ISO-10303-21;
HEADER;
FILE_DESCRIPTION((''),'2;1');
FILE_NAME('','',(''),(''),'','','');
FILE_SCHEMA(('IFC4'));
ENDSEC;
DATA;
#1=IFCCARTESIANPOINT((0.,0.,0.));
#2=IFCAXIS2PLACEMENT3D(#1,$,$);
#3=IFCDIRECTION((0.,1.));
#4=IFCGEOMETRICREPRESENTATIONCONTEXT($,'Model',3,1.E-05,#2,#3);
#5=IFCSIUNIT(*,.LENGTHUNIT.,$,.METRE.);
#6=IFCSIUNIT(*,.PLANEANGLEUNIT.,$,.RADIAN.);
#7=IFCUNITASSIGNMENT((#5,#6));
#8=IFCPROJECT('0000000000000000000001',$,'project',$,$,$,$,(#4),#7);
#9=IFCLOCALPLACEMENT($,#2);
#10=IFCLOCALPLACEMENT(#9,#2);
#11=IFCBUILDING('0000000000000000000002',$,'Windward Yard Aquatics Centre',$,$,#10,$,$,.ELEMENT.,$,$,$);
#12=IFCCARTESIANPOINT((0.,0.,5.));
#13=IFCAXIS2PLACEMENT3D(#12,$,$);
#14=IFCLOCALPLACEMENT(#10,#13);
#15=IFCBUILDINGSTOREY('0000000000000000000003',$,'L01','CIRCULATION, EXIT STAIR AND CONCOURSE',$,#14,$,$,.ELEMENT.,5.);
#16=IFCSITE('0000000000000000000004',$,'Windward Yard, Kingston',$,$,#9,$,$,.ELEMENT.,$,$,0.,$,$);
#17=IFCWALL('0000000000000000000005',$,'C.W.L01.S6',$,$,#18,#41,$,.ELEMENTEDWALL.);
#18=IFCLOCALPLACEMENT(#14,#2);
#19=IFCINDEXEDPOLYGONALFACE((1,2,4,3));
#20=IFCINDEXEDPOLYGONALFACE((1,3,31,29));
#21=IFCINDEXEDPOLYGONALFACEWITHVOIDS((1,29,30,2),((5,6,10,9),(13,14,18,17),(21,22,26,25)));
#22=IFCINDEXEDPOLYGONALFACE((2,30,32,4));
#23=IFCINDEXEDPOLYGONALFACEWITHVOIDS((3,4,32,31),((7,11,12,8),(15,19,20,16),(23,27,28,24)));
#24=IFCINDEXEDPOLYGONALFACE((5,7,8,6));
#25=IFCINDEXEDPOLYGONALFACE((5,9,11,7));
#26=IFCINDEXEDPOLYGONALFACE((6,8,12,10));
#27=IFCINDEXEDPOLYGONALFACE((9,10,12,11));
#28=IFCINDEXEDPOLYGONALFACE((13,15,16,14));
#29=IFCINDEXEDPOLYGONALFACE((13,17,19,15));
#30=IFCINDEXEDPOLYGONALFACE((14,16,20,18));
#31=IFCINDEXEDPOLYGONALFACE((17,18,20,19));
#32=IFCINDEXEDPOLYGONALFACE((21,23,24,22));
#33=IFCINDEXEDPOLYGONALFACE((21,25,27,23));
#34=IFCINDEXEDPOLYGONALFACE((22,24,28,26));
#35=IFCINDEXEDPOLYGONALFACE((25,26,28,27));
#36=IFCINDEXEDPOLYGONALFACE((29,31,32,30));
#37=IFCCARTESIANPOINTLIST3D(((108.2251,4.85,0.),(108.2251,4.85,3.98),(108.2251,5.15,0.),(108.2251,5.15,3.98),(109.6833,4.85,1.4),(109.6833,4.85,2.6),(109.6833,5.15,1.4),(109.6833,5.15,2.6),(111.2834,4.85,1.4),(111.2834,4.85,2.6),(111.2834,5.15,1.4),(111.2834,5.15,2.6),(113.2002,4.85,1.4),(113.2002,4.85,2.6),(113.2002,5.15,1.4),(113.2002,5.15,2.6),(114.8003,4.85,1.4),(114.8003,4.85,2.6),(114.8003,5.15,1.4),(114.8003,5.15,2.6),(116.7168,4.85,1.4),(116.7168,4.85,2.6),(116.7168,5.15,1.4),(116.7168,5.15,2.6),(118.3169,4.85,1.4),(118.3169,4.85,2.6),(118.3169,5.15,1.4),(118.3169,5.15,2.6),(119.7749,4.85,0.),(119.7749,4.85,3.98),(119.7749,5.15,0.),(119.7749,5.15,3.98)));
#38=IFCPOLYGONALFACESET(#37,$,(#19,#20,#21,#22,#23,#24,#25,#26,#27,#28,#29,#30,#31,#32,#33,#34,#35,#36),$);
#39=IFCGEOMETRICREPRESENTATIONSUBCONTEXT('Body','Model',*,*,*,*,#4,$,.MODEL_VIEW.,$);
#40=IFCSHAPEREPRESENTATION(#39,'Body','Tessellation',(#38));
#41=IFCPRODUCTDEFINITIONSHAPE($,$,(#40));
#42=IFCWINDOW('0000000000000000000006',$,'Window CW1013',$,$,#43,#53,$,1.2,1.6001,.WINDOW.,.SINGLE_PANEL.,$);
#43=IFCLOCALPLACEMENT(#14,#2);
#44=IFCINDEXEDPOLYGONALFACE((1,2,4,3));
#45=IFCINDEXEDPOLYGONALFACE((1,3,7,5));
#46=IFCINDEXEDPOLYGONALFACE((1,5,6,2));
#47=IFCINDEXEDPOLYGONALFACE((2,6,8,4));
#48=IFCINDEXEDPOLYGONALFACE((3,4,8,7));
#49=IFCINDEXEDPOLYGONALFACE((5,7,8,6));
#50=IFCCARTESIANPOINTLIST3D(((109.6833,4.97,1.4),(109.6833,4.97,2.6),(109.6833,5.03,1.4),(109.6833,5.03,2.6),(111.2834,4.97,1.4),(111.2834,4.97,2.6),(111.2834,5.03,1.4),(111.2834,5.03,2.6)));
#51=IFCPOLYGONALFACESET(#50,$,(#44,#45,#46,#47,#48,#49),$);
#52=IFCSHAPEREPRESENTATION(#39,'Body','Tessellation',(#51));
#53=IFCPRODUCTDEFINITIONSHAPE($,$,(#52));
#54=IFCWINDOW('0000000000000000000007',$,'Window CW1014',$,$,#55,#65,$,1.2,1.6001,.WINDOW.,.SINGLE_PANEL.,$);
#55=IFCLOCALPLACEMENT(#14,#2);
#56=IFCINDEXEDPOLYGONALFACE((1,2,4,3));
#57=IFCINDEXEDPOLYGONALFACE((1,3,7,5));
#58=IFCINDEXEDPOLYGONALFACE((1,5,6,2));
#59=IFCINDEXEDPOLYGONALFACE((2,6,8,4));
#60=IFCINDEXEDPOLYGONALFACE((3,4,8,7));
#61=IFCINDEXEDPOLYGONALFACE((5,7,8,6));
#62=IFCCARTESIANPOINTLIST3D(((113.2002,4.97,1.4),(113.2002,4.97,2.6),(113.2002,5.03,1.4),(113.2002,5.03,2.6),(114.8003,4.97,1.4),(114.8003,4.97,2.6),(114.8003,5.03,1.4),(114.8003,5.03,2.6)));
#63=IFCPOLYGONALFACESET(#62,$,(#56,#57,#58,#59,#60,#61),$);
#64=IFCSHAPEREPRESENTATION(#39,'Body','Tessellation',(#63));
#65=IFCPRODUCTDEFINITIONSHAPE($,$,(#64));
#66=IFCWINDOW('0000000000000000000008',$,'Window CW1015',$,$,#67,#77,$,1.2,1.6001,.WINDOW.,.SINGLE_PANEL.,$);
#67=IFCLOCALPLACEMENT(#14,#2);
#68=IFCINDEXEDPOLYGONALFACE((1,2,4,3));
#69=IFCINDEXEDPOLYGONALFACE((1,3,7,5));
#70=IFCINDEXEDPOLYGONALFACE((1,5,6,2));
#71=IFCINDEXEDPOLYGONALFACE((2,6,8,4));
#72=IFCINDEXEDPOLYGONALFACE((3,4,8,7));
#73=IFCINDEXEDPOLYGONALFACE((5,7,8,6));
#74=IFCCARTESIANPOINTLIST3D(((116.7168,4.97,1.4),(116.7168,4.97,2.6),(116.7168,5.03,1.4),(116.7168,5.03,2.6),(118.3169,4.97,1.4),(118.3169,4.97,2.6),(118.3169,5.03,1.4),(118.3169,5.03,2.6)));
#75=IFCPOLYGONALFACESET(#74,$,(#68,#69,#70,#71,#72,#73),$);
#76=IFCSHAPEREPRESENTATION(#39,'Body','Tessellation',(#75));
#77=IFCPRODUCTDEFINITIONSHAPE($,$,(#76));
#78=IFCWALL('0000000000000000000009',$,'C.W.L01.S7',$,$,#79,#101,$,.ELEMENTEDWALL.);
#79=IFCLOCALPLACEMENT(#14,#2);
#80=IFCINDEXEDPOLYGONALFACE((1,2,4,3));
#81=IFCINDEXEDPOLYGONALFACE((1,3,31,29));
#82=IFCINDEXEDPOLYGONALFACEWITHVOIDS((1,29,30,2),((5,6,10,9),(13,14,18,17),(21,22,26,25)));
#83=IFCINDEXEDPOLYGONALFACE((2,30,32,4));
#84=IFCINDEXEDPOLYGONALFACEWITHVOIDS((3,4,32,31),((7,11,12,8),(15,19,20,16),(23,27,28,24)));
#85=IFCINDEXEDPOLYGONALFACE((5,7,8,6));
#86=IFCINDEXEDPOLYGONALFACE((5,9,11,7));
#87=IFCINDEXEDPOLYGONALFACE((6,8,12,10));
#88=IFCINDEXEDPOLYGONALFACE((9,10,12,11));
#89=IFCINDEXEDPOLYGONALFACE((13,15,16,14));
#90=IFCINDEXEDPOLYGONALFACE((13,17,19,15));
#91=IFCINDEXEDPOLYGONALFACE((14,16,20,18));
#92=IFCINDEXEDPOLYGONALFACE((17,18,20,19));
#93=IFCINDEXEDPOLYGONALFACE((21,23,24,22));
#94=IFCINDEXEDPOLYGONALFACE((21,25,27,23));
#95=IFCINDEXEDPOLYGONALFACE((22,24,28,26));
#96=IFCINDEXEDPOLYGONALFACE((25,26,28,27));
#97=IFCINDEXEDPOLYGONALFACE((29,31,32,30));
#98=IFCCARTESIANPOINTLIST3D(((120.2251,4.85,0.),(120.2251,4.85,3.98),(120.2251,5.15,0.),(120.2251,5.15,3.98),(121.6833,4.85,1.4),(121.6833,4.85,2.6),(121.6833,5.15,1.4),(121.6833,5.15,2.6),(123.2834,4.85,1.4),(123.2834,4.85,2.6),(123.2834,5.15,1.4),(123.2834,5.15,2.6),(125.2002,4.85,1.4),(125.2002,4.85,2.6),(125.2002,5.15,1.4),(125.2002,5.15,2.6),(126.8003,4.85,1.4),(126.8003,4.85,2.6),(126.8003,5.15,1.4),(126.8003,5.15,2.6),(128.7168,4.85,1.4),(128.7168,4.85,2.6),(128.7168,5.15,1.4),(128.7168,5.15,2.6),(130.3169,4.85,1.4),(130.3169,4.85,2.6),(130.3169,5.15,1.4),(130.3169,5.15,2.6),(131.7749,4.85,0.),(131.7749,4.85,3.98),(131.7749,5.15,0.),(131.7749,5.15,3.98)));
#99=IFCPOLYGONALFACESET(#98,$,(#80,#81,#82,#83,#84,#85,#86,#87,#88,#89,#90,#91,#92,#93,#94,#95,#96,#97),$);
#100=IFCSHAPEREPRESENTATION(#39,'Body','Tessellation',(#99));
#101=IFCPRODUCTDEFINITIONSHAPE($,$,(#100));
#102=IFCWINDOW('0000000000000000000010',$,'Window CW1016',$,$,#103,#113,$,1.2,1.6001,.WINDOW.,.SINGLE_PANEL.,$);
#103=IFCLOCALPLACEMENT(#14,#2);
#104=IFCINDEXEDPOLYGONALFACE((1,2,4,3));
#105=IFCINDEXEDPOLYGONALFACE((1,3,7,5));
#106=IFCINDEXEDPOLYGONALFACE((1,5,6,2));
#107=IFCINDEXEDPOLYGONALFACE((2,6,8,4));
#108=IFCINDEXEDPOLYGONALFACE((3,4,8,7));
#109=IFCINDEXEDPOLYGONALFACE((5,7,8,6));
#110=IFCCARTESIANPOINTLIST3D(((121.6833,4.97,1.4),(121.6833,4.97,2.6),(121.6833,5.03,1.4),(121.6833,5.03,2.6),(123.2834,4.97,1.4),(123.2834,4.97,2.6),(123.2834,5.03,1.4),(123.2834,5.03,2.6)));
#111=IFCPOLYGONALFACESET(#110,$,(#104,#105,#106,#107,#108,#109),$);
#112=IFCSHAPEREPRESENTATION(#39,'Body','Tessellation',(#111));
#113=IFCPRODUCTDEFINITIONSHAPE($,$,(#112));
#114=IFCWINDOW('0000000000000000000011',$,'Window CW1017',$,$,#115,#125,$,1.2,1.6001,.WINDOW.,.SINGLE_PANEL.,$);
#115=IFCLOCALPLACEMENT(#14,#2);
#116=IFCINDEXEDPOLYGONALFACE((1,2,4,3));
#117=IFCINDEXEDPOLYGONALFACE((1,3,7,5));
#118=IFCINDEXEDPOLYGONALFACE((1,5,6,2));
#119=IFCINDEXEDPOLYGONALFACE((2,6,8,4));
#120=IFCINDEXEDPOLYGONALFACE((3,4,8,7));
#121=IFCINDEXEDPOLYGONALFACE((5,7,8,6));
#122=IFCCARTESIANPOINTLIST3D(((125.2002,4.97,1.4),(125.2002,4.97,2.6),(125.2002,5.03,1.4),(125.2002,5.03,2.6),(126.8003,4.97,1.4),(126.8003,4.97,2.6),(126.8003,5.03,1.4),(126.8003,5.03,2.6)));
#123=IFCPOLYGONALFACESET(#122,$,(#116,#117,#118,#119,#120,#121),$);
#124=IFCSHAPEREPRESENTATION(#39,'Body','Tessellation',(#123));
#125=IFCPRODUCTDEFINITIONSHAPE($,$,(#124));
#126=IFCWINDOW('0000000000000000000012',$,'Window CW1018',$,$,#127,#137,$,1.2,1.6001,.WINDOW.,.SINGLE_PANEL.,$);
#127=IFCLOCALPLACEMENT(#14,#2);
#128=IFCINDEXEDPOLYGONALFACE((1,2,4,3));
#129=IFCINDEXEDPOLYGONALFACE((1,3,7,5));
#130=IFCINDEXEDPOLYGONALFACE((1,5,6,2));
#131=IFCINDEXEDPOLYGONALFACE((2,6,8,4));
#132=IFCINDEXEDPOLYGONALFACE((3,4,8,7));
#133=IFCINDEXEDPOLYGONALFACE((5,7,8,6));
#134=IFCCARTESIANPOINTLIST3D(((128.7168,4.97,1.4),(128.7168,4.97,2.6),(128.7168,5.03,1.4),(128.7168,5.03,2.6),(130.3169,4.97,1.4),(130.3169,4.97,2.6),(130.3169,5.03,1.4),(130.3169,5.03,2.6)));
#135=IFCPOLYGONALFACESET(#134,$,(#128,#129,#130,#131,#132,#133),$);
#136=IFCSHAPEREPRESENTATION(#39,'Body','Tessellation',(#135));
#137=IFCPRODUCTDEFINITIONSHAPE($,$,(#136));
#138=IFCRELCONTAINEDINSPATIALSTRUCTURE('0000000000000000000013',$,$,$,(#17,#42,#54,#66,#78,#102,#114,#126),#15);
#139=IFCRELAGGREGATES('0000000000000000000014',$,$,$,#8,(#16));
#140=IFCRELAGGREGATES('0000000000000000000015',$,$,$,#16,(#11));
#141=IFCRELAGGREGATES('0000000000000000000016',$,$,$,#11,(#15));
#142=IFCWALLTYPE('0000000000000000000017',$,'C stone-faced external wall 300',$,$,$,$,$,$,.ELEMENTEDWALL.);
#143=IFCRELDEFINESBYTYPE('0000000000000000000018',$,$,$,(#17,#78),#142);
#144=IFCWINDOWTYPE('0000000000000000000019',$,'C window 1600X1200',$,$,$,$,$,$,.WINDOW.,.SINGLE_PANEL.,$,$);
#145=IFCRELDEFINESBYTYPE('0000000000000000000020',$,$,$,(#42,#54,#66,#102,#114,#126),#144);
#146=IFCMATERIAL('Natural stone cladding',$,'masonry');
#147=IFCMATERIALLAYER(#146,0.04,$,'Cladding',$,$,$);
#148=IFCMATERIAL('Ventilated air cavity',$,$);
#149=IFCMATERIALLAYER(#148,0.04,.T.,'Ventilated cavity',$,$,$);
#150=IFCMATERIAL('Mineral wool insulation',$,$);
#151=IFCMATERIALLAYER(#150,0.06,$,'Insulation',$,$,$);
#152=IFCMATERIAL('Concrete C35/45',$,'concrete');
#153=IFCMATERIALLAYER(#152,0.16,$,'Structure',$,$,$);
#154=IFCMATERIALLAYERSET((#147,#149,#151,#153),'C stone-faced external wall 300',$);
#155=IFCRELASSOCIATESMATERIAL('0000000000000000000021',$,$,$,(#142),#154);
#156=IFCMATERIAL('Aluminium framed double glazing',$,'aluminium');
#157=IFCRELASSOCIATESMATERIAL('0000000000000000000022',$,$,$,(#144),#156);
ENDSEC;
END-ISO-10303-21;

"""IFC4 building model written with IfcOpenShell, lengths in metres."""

from ifc_helpers import new_model, si_unit, direction, frame, frame_2d, origin, place, context, subcontext, project, spatial, rectangle, extrude, material, layer, layer_set, type_object, element, fill, save


model = new_model("IFC4")

# Units and contexts
model_context = context("Model", 3, precision=1e-05, world=origin(), true_north=direction((0.0, 1.0)))
body_context = subcontext(model_context, "Body", "Model", "MODEL_VIEW")
ifc_project = project(units=[si_unit("LENGTHUNIT", "METRE"), si_unit("PLANEANGLEUNIT", "RADIAN")], contexts=[model_context])

# Site, building, storey
site_placement = place(None, origin())
site = spatial("IfcSite", under=ifc_project, at=site_placement, Name="Windward Yard, Kingston", CompositionType="ELEMENT", RefElevation=0.0)
building_placement = place(site_placement, origin())
building = spatial("IfcBuilding", under=site, at=building_placement, Name="Windward Yard Aquatics Centre", CompositionType="ELEMENT")
storey_placement = place(building_placement, frame((0.0, 0.0, 5.0)))
storey = spatial("IfcBuildingStorey", under=building, at=storey_placement, Name="L01", Description="CIRCULATION, EXIT STAIR AND CONCOURSE", CompositionType="ELEMENT", Elevation=5.0)

# Shared definitions
ifc_material_1 = material(Name="Concrete C35/45", Category="concrete")

# Walls, openings, windows
ifc_material_2 = material(Name="Natural stone cladding", Category="masonry")
ifc_layer_1 = layer(ifc_material_2, 0.04, Name="Cladding")
ifc_material_3 = material(Name="Ventilated air cavity")
ifc_layer_2 = layer(ifc_material_3, 0.04, ventilated=True, Name="Ventilated cavity")
ifc_material_4 = material(Name="Mineral wool insulation")
ifc_layer_3 = layer(ifc_material_4, 0.06, Name="Insulation")
ifc_layer_4 = layer(ifc_material_1, 0.16, Name="Structure")
ifc_layer_set_1 = layer_set([ifc_layer_1, ifc_layer_2, ifc_layer_3, ifc_layer_4], Name="C stone-faced external wall 300")
wall_type_1 = type_object("IfcWallType", Name="C stone-faced external wall 300", PredefinedType="ELEMENTEDWALL", material=ifc_layer_set_1)
wall_1_placement = place(storey_placement, frame((108.2251, 5.0, 0.0), z_axis=(0.0, 0.0, 1.0), x_axis=(1.0, 0.0, 0.0)))
wall_1 = element("IfcWall", 1, at=wall_1_placement, inside=storey, type_object=wall_type_1, Name="C.W.L01.S6", PredefinedType="ELEMENTEDWALL", context=body_context, shape_type="SweptSolid", body=[
    extrude(rectangle(XDim=11.5498, YDim=0.3, at=frame_2d((5.7749, 0.0))), origin(), (0.0, 0.0, 1.0), 3.98),
])
opening_1_placement = place(wall_1_placement, frame((1.4583, 0.0, 1.3999)))
opening_1 = element("IfcOpeningElement", 2, at=opening_1_placement, cuts=wall_1, PredefinedType="OPENING", context=body_context, shape_type="SweptSolid", body=[
    extrude(rectangle(XDim=1.6001, YDim=1.2, at=frame_2d((0.8, 0.6001))), frame((0.0, 0.1602, 0.0), z_axis=(0.0, -1.0, 0.0), x_axis=(1.0, 0.0, 0.0)), (0.0, 0.0, 1.0), 0.3201),
])
opening_2_placement = place(wall_1_placement, frame((4.9751, 0.0, 1.3999)))
opening_2 = element("IfcOpeningElement", 3, at=opening_2_placement, cuts=wall_1, PredefinedType="OPENING", context=body_context, shape_type="SweptSolid", body=[
    extrude(rectangle(XDim=1.6001, YDim=1.2, at=frame_2d((0.8, 0.6001))), frame((0.0, 0.1602, 0.0), z_axis=(0.0, -1.0, 0.0), x_axis=(1.0, 0.0, 0.0)), (0.0, 0.0, 1.0), 0.3201),
])
opening_3_placement = place(wall_1_placement, frame((8.4917, 0.0, 1.3999)))
opening_3 = element("IfcOpeningElement", 4, at=opening_3_placement, cuts=wall_1, PredefinedType="OPENING", context=body_context, shape_type="SweptSolid", body=[
    extrude(rectangle(XDim=1.6001, YDim=1.2, at=frame_2d((0.8, 0.6001))), frame((0.0, 0.1602, 0.0), z_axis=(0.0, -1.0, 0.0), x_axis=(1.0, 0.0, 0.0)), (0.0, 0.0, 1.0), 0.3201),
])
ifc_material_5 = material(Name="Aluminium framed double glazing", Category="aluminium")
window_type = type_object("IfcWindowType", Name="C window 1600X1200", PartitioningType="SINGLE_PANEL", PredefinedType="WINDOW", material=ifc_material_5)
window_1_placement = place(opening_1_placement, origin())
window_1 = element("IfcWindow", 5, at=window_1_placement, inside=storey, type_object=window_type, Name="Window CW1013", OverallHeight=1.2, OverallWidth=1.6001, PartitioningType="SINGLE_PANEL", PredefinedType="WINDOW", context=body_context, shape_type="SweptSolid", body=[
    extrude(rectangle(XDim=1.6001, YDim=1.2, at=frame_2d((0.8, 0.6001))), frame((0.0, 0.03, 0.0), z_axis=(0.0, -1.0, 0.0), x_axis=(1.0, 0.0, 0.0)), (0.0, 0.0, 1.0), 0.0601),
])
fill(opening_1, window_1)
window_2_placement = place(opening_2_placement, origin())
window_2 = element("IfcWindow", 6, at=window_2_placement, inside=storey, type_object=window_type, Name="Window CW1014", OverallHeight=1.2, OverallWidth=1.6001, PartitioningType="SINGLE_PANEL", PredefinedType="WINDOW", context=body_context, shape_type="SweptSolid", body=[
    extrude(rectangle(XDim=1.6001, YDim=1.2, at=frame_2d((0.8, 0.6001))), frame((0.0, 0.03, 0.0), z_axis=(0.0, -1.0, 0.0), x_axis=(1.0, 0.0, 0.0)), (0.0, 0.0, 1.0), 0.0601),
])
fill(opening_2, window_2)
window_3_placement = place(opening_3_placement, origin())
window_3 = element("IfcWindow", 7, at=window_3_placement, inside=storey, type_object=window_type, Name="Window CW1015", OverallHeight=1.2, OverallWidth=1.6001, PartitioningType="SINGLE_PANEL", PredefinedType="WINDOW", context=body_context, shape_type="SweptSolid", body=[
    extrude(rectangle(XDim=1.6001, YDim=1.2, at=frame_2d((0.8, 0.6001))), frame((0.0, 0.03, 0.0), z_axis=(0.0, -1.0, 0.0), x_axis=(1.0, 0.0, 0.0)), (0.0, 0.0, 1.0), 0.0601),
])
fill(opening_3, window_3)
wall_2_placement = place(storey_placement, frame((120.2251, 5.0, 0.0), z_axis=(0.0, 0.0, 1.0), x_axis=(1.0, 0.0, 0.0)))
wall_2 = element("IfcWall", 8, at=wall_2_placement, inside=storey, type_object=wall_type_1, Name="C.W.L01.S7", PredefinedType="ELEMENTEDWALL", context=body_context, shape_type="SweptSolid", body=[
    extrude(rectangle(XDim=11.5498, YDim=0.3, at=frame_2d((5.7749, 0.0))), origin(), (0.0, 0.0, 1.0), 3.98),
])
opening_4_placement = place(wall_2_placement, frame((1.4583, 0.0, 1.3999)))
opening_4 = element("IfcOpeningElement", 9, at=opening_4_placement, cuts=wall_2, PredefinedType="OPENING", context=body_context, shape_type="SweptSolid", body=[
    extrude(rectangle(XDim=1.6001, YDim=1.2, at=frame_2d((0.8, 0.6001))), frame((0.0, 0.1602, 0.0), z_axis=(0.0, -1.0, 0.0), x_axis=(1.0, 0.0, 0.0)), (0.0, 0.0, 1.0), 0.3201),
])
opening_5_placement = place(wall_2_placement, frame((4.9751, 0.0, 1.3999)))
opening_5 = element("IfcOpeningElement", 10, at=opening_5_placement, cuts=wall_2, PredefinedType="OPENING", context=body_context, shape_type="SweptSolid", body=[
    extrude(rectangle(XDim=1.6001, YDim=1.2, at=frame_2d((0.8, 0.6001))), frame((0.0, 0.1602, 0.0), z_axis=(0.0, -1.0, 0.0), x_axis=(1.0, 0.0, 0.0)), (0.0, 0.0, 1.0), 0.3201),
])
opening_6_placement = place(wall_2_placement, frame((8.4917, 0.0, 1.3999)))
opening_6 = element("IfcOpeningElement", 11, at=opening_6_placement, cuts=wall_2, PredefinedType="OPENING", context=body_context, shape_type="SweptSolid", body=[
    extrude(rectangle(XDim=1.6001, YDim=1.2, at=frame_2d((0.8, 0.6001))), frame((0.0, 0.1602, 0.0), z_axis=(0.0, -1.0, 0.0), x_axis=(1.0, 0.0, 0.0)), (0.0, 0.0, 1.0), 0.3201),
])
window_4_placement = place(opening_4_placement, origin())
window_4 = element("IfcWindow", 12, at=window_4_placement, inside=storey, type_object=window_type, Name="Window CW1016", OverallHeight=1.2, OverallWidth=1.6001, PartitioningType="SINGLE_PANEL", PredefinedType="WINDOW", context=body_context, shape_type="SweptSolid", body=[
    extrude(rectangle(XDim=1.6001, YDim=1.2, at=frame_2d((0.8, 0.6001))), frame((0.0, 0.03, 0.0), z_axis=(0.0, -1.0, 0.0), x_axis=(1.0, 0.0, 0.0)), (0.0, 0.0, 1.0), 0.0601),
])
fill(opening_4, window_4)
window_5_placement = place(opening_5_placement, origin())
window_5 = element("IfcWindow", 13, at=window_5_placement, inside=storey, type_object=window_type, Name="Window CW1017", OverallHeight=1.2, OverallWidth=1.6001, PartitioningType="SINGLE_PANEL", PredefinedType="WINDOW", context=body_context, shape_type="SweptSolid", body=[
    extrude(rectangle(XDim=1.6001, YDim=1.2, at=frame_2d((0.8, 0.6001))), frame((0.0, 0.03, 0.0), z_axis=(0.0, -1.0, 0.0), x_axis=(1.0, 0.0, 0.0)), (0.0, 0.0, 1.0), 0.0601),
])
fill(opening_5, window_5)
window_6_placement = place(opening_6_placement, origin())
window_6 = element("IfcWindow", 14, at=window_6_placement, inside=storey, type_object=window_type, Name="Window CW1018", OverallHeight=1.2, OverallWidth=1.6001, PartitioningType="SINGLE_PANEL", PredefinedType="WINDOW", context=body_context, shape_type="SweptSolid", body=[
    extrude(rectangle(XDim=1.6001, YDim=1.2, at=frame_2d((0.8, 0.6001))), frame((0.0, 0.03, 0.0), z_axis=(0.0, -1.0, 0.0), x_axis=(1.0, 0.0, 0.0)), (0.0, 0.0, 1.0), 0.0601),
])
fill(opening_6, window_6)

save(model, "model.ifc")
